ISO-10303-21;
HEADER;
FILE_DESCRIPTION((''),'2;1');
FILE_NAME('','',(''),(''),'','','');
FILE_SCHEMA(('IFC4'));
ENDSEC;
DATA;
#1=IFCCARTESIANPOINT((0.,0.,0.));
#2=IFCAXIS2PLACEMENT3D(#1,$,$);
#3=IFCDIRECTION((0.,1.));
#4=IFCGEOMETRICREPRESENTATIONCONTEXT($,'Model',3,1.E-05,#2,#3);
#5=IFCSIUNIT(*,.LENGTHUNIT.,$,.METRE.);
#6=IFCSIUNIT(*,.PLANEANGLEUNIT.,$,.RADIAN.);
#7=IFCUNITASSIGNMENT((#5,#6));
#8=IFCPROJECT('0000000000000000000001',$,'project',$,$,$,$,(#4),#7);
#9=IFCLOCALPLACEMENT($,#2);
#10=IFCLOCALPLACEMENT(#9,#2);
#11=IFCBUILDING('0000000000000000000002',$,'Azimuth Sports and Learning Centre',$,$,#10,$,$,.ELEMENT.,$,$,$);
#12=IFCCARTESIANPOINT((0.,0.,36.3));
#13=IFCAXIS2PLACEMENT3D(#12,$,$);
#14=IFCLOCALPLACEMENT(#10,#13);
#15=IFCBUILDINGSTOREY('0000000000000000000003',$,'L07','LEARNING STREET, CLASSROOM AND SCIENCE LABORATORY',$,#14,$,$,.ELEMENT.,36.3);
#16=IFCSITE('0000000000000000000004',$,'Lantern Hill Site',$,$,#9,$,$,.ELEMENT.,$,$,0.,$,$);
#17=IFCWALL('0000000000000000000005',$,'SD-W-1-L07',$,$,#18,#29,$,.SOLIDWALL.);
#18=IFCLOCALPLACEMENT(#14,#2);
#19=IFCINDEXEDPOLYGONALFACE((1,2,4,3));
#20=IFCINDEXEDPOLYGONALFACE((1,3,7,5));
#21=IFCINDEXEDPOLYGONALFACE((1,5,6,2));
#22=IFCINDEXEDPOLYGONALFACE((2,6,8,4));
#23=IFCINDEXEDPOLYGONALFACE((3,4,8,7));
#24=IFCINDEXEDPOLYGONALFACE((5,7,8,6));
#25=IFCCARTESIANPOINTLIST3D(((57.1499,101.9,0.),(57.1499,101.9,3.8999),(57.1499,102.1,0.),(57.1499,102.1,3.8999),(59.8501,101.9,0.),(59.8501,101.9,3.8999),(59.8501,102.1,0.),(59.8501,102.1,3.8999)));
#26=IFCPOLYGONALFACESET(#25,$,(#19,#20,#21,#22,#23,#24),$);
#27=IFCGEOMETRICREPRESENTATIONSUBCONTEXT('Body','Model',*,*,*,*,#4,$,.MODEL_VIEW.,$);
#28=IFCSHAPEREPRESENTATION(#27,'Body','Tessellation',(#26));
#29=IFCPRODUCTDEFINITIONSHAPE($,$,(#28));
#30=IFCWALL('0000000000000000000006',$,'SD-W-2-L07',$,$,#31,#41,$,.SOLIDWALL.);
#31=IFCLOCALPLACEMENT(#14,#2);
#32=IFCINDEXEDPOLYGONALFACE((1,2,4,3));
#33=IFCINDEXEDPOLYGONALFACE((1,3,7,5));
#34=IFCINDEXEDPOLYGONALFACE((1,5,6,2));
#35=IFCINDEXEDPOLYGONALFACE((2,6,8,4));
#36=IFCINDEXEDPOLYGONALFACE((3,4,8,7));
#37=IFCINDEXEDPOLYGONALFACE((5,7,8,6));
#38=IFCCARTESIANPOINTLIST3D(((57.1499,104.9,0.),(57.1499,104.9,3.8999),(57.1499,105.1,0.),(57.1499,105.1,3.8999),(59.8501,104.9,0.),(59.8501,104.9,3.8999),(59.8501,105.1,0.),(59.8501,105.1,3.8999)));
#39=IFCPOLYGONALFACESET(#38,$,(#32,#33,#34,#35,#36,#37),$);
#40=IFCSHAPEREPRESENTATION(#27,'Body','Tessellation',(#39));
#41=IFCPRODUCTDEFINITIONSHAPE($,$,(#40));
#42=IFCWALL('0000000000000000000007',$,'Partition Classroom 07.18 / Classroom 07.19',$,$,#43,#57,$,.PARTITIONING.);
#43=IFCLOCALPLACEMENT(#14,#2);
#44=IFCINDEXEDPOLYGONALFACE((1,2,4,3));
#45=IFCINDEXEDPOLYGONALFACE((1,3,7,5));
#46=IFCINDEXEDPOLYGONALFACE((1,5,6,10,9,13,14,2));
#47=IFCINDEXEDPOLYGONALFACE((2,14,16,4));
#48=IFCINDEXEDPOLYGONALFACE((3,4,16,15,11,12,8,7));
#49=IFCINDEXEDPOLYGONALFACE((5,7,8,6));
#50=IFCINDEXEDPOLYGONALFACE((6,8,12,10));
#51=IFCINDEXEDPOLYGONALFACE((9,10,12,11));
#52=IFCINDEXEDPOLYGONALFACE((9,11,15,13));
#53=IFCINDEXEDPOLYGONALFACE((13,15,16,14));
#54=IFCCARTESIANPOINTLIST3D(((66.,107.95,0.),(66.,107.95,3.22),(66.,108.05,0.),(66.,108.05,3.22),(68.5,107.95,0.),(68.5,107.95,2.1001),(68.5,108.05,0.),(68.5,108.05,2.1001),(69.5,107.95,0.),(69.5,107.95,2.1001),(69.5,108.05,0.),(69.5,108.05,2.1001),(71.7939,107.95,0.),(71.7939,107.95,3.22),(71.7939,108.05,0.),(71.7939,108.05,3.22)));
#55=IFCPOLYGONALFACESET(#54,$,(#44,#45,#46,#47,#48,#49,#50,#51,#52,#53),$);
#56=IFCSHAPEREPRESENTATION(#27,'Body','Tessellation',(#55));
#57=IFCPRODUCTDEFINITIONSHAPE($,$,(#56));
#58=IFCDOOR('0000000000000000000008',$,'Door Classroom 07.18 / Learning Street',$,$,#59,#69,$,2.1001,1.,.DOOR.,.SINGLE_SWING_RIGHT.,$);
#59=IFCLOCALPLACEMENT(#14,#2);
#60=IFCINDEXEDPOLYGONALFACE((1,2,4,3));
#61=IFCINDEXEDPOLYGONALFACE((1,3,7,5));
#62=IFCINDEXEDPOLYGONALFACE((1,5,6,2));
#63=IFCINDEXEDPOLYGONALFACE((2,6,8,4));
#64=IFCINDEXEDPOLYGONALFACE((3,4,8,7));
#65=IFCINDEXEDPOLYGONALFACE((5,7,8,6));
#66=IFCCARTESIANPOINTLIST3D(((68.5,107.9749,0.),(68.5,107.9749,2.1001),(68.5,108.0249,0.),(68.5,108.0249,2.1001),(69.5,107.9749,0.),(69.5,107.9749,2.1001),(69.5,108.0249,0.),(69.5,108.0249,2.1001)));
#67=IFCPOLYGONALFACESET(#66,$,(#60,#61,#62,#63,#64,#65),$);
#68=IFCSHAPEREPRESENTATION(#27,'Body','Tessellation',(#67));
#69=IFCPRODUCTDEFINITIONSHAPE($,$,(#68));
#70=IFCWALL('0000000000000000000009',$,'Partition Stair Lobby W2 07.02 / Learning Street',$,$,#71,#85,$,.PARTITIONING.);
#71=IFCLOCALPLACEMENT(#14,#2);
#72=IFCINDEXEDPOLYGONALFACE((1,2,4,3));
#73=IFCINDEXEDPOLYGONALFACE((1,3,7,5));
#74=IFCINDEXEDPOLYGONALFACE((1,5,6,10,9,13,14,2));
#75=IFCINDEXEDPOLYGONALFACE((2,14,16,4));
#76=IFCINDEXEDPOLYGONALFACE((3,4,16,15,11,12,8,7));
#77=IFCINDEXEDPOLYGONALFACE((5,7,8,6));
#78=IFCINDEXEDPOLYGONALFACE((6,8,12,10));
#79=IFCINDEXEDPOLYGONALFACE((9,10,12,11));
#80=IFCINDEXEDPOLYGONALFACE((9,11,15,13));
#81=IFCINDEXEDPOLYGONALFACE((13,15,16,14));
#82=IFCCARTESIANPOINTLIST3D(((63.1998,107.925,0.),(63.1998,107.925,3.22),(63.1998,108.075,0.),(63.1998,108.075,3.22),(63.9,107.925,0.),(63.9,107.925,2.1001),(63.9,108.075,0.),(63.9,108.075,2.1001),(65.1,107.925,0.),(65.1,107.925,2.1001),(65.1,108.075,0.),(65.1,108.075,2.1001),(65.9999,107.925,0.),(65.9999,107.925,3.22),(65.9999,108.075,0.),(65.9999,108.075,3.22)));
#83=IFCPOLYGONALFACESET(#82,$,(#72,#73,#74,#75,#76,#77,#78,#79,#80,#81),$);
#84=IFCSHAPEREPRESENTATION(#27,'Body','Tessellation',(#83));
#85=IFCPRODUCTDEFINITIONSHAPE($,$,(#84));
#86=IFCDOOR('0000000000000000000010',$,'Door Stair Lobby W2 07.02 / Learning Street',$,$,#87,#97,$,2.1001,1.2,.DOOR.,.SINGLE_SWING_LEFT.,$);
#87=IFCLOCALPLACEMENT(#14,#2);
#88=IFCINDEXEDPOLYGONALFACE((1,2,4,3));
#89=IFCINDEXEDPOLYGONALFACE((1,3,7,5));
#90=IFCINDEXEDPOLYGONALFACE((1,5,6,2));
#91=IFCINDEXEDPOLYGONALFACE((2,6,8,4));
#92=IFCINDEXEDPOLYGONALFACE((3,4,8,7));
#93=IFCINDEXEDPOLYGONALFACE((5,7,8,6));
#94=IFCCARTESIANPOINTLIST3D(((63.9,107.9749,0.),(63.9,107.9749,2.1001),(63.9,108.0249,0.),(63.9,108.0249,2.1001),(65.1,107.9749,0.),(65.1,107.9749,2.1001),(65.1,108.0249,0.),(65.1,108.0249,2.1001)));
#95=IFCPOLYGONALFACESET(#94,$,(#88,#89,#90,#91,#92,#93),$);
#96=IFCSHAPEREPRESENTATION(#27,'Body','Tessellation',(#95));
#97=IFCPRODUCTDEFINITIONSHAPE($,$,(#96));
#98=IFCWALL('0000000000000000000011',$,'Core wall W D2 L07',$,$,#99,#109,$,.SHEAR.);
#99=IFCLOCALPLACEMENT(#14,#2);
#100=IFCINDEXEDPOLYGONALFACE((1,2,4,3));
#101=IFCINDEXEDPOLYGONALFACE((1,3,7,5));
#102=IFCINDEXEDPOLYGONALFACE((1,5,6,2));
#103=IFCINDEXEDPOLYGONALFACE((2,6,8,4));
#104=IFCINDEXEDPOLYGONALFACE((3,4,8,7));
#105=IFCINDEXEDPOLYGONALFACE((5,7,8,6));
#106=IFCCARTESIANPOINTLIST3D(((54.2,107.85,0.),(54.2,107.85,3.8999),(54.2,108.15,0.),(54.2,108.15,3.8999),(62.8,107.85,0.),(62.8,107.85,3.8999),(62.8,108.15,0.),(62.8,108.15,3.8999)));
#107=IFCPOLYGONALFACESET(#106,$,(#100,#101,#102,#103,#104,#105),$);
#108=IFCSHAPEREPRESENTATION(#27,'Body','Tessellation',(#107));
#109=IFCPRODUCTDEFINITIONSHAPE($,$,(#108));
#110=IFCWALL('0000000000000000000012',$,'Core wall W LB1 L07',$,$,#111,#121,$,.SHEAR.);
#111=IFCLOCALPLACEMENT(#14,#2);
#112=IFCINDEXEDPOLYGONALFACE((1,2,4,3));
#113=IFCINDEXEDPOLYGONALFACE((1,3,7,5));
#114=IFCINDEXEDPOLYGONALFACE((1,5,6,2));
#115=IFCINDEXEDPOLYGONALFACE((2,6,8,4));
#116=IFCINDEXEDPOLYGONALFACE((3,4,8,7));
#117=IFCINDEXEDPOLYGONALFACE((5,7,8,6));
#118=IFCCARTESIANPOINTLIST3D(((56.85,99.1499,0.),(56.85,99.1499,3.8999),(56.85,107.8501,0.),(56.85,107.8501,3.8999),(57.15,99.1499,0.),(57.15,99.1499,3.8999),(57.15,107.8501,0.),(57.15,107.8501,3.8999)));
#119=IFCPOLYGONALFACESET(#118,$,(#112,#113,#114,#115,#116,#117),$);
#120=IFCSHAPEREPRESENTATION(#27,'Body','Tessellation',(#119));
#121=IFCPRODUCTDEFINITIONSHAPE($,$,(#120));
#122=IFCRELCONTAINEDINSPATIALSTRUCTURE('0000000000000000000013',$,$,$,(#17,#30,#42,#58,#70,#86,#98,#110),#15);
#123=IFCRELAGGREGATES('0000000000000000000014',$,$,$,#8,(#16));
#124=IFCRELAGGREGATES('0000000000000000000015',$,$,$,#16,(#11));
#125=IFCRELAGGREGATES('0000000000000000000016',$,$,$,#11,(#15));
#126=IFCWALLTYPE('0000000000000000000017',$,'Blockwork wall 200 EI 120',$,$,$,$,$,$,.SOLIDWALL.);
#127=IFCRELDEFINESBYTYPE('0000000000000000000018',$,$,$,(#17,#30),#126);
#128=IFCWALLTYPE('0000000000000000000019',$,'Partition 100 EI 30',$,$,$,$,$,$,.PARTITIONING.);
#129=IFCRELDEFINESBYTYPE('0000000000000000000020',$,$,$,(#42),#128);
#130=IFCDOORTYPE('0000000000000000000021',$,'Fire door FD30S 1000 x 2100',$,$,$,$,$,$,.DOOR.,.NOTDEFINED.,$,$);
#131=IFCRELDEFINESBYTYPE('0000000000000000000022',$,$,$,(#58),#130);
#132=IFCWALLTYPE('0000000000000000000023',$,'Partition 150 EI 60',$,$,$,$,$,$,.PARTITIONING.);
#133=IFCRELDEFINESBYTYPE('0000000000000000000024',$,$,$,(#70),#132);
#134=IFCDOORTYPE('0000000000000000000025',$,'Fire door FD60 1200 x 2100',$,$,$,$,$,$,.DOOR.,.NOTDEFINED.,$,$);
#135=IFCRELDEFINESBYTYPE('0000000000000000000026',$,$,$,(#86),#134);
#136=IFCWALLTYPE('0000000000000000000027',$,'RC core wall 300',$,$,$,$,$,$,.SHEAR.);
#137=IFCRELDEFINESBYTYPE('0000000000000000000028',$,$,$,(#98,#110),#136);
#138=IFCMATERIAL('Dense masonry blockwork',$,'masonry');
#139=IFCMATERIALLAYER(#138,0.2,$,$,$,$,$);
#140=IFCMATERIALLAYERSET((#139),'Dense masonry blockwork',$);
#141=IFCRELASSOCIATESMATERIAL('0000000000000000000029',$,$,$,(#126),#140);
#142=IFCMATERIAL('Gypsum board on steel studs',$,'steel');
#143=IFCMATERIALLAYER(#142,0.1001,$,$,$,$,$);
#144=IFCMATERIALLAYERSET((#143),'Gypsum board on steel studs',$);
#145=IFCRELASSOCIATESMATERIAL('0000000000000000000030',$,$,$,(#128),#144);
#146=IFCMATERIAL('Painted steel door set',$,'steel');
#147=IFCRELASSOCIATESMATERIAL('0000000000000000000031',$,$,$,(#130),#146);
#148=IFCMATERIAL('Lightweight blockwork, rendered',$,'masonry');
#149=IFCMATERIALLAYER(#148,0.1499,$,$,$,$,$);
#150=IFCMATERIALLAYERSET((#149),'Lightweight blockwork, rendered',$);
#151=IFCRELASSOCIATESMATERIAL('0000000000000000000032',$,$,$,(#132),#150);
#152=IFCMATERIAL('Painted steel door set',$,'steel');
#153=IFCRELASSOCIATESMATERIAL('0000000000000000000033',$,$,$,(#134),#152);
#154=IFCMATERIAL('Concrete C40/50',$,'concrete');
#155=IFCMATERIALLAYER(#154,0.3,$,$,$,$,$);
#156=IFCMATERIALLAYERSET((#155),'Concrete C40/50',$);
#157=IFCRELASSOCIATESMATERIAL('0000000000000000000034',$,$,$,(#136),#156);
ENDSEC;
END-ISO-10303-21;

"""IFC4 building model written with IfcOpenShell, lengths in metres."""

from ifc_helpers import new_model, si_unit, direction, frame, frame_2d, origin, place, context, subcontext, project, spatial, rectangle, extrude, material, layer, layer_set, type_object, element, fill, save


model = new_model("IFC4")

# Units and contexts
model_context = context("Model", 3, precision=1e-05, world=origin(), true_north=direction((0.0, 1.0)))
body_context = subcontext(model_context, "Body", "Model", "MODEL_VIEW")
ifc_project = project(units=[si_unit("LENGTHUNIT", "METRE"), si_unit("PLANEANGLEUNIT", "RADIAN")], contexts=[model_context])

# Site, building, storey
site_placement = place(None, origin())
site = spatial("IfcSite", under=ifc_project, at=site_placement, Name="Lantern Hill Site", CompositionType="ELEMENT", RefElevation=0.0)
building_placement = place(site_placement, origin())
building = spatial("IfcBuilding", under=site, at=building_placement, Name="Azimuth Sports and Learning Centre", CompositionType="ELEMENT")
storey_placement = place(building_placement, frame((0.0, 0.0, 36.3)))
storey = spatial("IfcBuildingStorey", under=building, at=storey_placement, Name="L07", Description="LEARNING STREET, CLASSROOM AND SCIENCE LABORATORY", CompositionType="ELEMENT", Elevation=36.3)

# Walls
ifc_material_1 = material(Name="Dense masonry blockwork", Category="masonry")
ifc_layer_1 = layer(ifc_material_1, 0.2)
ifc_layer_set_1 = layer_set([ifc_layer_1], Name="Dense masonry blockwork")
wall_type_1 = type_object("IfcWallType", Name="Blockwork wall 200 EI 120", PredefinedType="SOLIDWALL", material=ifc_layer_set_1)
for number, where, z_axis, x_axis, name in (
    (1, (57.1499, 102.0, 0.0), (0.0, 0.0, 1.0), (1.0, 0.0, 0.0), "SD-W-1-L07"),
    (2, (57.1499, 105.0, 0.0), (0.0, 0.0, 1.0), (1.0, 0.0, 0.0), "SD-W-2-L07"),
):
    element("IfcWall", number, at=place(storey_placement, frame(where, z_axis=z_axis, x_axis=x_axis)), inside=storey, type_object=wall_type_1, Name=name, PredefinedType="SOLIDWALL", context=body_context, shape_type="SweptSolid", body=[
        extrude(rectangle(XDim=2.7002, YDim=0.2, at=frame_2d((1.3501, 0.0))), origin(), (0.0, 0.0, 1.0), 3.8999),
    ])

# Walls, openings, doors
ifc_material_2 = material(Name="Gypsum board on steel studs", Category="steel")
ifc_layer_2 = layer(ifc_material_2, 0.1001)
ifc_layer_set_2 = layer_set([ifc_layer_2], Name="Gypsum board on steel studs")
wall_type_2 = type_object("IfcWallType", Name="Partition 100 EI 30", PredefinedType="PARTITIONING", material=ifc_layer_set_2)
wall_1_placement = place(storey_placement, frame((66.0, 108.0, 0.0), z_axis=(0.0, 0.0, 1.0), x_axis=(1.0, 0.0, 0.0)))
wall_1 = element("IfcWall", 3, at=wall_1_placement, inside=storey, type_object=wall_type_2, Name="Partition Classroom 07.18 / Classroom 07.19", PredefinedType="PARTITIONING", context=body_context, shape_type="SweptSolid", body=[
    extrude(rectangle(XDim=5.7939, YDim=0.1001, at=frame_2d((2.897, 0.0))), origin(), (0.0, 0.0, 1.0), 3.22),
])
opening_1_placement = place(wall_1_placement, frame((2.5, 0.0, 0.0)))
opening_1 = element("IfcOpeningElement", 4, at=opening_1_placement, cuts=wall_1, PredefinedType="OPENING", context=body_context, shape_type="SweptSolid", body=[
    extrude(rectangle(XDim=1.0, YDim=2.1001, at=frame_2d((0.5, 1.05))), frame((0.0, 0.061, 0.0), z_axis=(0.0, -1.0, 0.0), x_axis=(1.0, 0.0, 0.0)), (0.0, 0.0, 1.0), 0.1221),
])
ifc_material_3 = material(Name="Painted steel door set", Category="steel")
door_type_1 = type_object("IfcDoorType", Name="Fire door FD30S 1000 x 2100", OperationType="NOTDEFINED", PredefinedType="DOOR", material=ifc_material_3)
door_1_placement = place(opening_1_placement, origin())
door_1 = element("IfcDoor", 5, at=door_1_placement, inside=storey, type_object=door_type_1, Name="Door Classroom 07.18 / Learning Street", OperationType="SINGLE_SWING_RIGHT", OverallHeight=2.1001, OverallWidth=1.0, PredefinedType="DOOR", context=body_context, shape_type="SweptSolid", body=[
    extrude(rectangle(XDim=1.0, YDim=2.1001, at=frame_2d((0.5, 1.05))), frame((0.0, 0.0249, 0.0), z_axis=(0.0, -1.0, 0.0), x_axis=(1.0, 0.0, 0.0)), (0.0, 0.0, 1.0), 0.05),
])
fill(opening_1, door_1)
ifc_material_4 = material(Name="Lightweight blockwork, rendered", Category="masonry")
ifc_layer_3 = layer(ifc_material_4, 0.1499)
ifc_layer_set_3 = layer_set([ifc_layer_3], Name="Lightweight blockwork, rendered")
wall_type_3 = type_object("IfcWallType", Name="Partition 150 EI 60", PredefinedType="PARTITIONING", material=ifc_layer_set_3)
wall_2_placement = place(storey_placement, frame((63.2, 108.0, 0.0), z_axis=(0.0, 0.0, 1.0), x_axis=(1.0, 0.0, 0.0)))
wall_2 = element("IfcWall", 6, at=wall_2_placement, inside=storey, type_object=wall_type_3, Name="Partition Stair Lobby W2 07.02 / Learning Street", PredefinedType="PARTITIONING", context=body_context, shape_type="SweptSolid", body=[
    extrude(rectangle(XDim=2.8, YDim=0.1499, at=frame_2d((1.3999, 0.0))), origin(), (0.0, 0.0, 1.0), 3.22),
])
opening_2_placement = place(wall_2_placement, frame((0.7, 0.0, 0.0)))
opening_2 = element("IfcOpeningElement", 7, at=opening_2_placement, cuts=wall_2, PredefinedType="OPENING", context=body_context, shape_type="SweptSolid", body=[
    extrude(rectangle(XDim=1.2, YDim=2.1001, at=frame_2d((0.6001, 1.05))), frame((0.0, 0.0859, 0.0), z_axis=(0.0, -1.0, 0.0), x_axis=(1.0, 0.0, 0.0)), (0.0, 0.0, 1.0), 0.1719),
])
ifc_material_5 = material(Name="Painted steel door set", Category="steel")
door_type_2 = type_object("IfcDoorType", Name="Fire door FD60 1200 x 2100", OperationType="NOTDEFINED", PredefinedType="DOOR", material=ifc_material_5)
door_2_placement = place(opening_2_placement, origin())
door_2 = element("IfcDoor", 8, at=door_2_placement, inside=storey, type_object=door_type_2, Name="Door Stair Lobby W2 07.02 / Learning Street", OperationType="SINGLE_SWING_LEFT", OverallHeight=2.1001, OverallWidth=1.2, PredefinedType="DOOR", context=body_context, shape_type="SweptSolid", body=[
    extrude(rectangle(XDim=1.2, YDim=2.1001, at=frame_2d((0.6001, 1.05))), frame((0.0, 0.0249, 0.0), z_axis=(0.0, -1.0, 0.0), x_axis=(1.0, 0.0, 0.0)), (0.0, 0.0, 1.0), 0.05),
])
fill(opening_2, door_2)

# Walls
ifc_material_6 = material(Name="Concrete C40/50", Category="concrete")
ifc_layer_4 = layer(ifc_material_6, 0.3)
ifc_layer_set_4 = layer_set([ifc_layer_4], Name="Concrete C40/50")
wall_type_4 = type_object("IfcWallType", Name="RC core wall 300", PredefinedType="SHEAR", material=ifc_layer_set_4)
wall_3_placement = place(storey_placement, frame((54.2, 108.0, 0.0), z_axis=(0.0, 0.0, 1.0), x_axis=(1.0, 0.0, 0.0)))
element("IfcWall", 9, at=wall_3_placement, inside=storey, type_object=wall_type_4, Name="Core wall W D2 L07", PredefinedType="SHEAR", context=body_context, shape_type="SweptSolid", body=[
    extrude(rectangle(XDim=8.6001, YDim=0.3, at=frame_2d((4.3, 0.0))), origin(), (0.0, 0.0, 1.0), 3.8999),
])
wall_4_placement = place(storey_placement, frame((57.0, 99.1499, 0.0), z_axis=(0.0, 0.0, 1.0), x_axis=(0.0, 1.0, 0.0)))
element("IfcWall", 10, at=wall_4_placement, inside=storey, type_object=wall_type_4, Name="Core wall W LB1 L07", PredefinedType="SHEAR", context=body_context, shape_type="SweptSolid", body=[
    extrude(rectangle(XDim=8.7002, YDim=0.3, at=frame_2d((4.3501, 0.0))), origin(), (0.0, 0.0, 1.0), 3.8999),
])

save(model, "model.ifc")
